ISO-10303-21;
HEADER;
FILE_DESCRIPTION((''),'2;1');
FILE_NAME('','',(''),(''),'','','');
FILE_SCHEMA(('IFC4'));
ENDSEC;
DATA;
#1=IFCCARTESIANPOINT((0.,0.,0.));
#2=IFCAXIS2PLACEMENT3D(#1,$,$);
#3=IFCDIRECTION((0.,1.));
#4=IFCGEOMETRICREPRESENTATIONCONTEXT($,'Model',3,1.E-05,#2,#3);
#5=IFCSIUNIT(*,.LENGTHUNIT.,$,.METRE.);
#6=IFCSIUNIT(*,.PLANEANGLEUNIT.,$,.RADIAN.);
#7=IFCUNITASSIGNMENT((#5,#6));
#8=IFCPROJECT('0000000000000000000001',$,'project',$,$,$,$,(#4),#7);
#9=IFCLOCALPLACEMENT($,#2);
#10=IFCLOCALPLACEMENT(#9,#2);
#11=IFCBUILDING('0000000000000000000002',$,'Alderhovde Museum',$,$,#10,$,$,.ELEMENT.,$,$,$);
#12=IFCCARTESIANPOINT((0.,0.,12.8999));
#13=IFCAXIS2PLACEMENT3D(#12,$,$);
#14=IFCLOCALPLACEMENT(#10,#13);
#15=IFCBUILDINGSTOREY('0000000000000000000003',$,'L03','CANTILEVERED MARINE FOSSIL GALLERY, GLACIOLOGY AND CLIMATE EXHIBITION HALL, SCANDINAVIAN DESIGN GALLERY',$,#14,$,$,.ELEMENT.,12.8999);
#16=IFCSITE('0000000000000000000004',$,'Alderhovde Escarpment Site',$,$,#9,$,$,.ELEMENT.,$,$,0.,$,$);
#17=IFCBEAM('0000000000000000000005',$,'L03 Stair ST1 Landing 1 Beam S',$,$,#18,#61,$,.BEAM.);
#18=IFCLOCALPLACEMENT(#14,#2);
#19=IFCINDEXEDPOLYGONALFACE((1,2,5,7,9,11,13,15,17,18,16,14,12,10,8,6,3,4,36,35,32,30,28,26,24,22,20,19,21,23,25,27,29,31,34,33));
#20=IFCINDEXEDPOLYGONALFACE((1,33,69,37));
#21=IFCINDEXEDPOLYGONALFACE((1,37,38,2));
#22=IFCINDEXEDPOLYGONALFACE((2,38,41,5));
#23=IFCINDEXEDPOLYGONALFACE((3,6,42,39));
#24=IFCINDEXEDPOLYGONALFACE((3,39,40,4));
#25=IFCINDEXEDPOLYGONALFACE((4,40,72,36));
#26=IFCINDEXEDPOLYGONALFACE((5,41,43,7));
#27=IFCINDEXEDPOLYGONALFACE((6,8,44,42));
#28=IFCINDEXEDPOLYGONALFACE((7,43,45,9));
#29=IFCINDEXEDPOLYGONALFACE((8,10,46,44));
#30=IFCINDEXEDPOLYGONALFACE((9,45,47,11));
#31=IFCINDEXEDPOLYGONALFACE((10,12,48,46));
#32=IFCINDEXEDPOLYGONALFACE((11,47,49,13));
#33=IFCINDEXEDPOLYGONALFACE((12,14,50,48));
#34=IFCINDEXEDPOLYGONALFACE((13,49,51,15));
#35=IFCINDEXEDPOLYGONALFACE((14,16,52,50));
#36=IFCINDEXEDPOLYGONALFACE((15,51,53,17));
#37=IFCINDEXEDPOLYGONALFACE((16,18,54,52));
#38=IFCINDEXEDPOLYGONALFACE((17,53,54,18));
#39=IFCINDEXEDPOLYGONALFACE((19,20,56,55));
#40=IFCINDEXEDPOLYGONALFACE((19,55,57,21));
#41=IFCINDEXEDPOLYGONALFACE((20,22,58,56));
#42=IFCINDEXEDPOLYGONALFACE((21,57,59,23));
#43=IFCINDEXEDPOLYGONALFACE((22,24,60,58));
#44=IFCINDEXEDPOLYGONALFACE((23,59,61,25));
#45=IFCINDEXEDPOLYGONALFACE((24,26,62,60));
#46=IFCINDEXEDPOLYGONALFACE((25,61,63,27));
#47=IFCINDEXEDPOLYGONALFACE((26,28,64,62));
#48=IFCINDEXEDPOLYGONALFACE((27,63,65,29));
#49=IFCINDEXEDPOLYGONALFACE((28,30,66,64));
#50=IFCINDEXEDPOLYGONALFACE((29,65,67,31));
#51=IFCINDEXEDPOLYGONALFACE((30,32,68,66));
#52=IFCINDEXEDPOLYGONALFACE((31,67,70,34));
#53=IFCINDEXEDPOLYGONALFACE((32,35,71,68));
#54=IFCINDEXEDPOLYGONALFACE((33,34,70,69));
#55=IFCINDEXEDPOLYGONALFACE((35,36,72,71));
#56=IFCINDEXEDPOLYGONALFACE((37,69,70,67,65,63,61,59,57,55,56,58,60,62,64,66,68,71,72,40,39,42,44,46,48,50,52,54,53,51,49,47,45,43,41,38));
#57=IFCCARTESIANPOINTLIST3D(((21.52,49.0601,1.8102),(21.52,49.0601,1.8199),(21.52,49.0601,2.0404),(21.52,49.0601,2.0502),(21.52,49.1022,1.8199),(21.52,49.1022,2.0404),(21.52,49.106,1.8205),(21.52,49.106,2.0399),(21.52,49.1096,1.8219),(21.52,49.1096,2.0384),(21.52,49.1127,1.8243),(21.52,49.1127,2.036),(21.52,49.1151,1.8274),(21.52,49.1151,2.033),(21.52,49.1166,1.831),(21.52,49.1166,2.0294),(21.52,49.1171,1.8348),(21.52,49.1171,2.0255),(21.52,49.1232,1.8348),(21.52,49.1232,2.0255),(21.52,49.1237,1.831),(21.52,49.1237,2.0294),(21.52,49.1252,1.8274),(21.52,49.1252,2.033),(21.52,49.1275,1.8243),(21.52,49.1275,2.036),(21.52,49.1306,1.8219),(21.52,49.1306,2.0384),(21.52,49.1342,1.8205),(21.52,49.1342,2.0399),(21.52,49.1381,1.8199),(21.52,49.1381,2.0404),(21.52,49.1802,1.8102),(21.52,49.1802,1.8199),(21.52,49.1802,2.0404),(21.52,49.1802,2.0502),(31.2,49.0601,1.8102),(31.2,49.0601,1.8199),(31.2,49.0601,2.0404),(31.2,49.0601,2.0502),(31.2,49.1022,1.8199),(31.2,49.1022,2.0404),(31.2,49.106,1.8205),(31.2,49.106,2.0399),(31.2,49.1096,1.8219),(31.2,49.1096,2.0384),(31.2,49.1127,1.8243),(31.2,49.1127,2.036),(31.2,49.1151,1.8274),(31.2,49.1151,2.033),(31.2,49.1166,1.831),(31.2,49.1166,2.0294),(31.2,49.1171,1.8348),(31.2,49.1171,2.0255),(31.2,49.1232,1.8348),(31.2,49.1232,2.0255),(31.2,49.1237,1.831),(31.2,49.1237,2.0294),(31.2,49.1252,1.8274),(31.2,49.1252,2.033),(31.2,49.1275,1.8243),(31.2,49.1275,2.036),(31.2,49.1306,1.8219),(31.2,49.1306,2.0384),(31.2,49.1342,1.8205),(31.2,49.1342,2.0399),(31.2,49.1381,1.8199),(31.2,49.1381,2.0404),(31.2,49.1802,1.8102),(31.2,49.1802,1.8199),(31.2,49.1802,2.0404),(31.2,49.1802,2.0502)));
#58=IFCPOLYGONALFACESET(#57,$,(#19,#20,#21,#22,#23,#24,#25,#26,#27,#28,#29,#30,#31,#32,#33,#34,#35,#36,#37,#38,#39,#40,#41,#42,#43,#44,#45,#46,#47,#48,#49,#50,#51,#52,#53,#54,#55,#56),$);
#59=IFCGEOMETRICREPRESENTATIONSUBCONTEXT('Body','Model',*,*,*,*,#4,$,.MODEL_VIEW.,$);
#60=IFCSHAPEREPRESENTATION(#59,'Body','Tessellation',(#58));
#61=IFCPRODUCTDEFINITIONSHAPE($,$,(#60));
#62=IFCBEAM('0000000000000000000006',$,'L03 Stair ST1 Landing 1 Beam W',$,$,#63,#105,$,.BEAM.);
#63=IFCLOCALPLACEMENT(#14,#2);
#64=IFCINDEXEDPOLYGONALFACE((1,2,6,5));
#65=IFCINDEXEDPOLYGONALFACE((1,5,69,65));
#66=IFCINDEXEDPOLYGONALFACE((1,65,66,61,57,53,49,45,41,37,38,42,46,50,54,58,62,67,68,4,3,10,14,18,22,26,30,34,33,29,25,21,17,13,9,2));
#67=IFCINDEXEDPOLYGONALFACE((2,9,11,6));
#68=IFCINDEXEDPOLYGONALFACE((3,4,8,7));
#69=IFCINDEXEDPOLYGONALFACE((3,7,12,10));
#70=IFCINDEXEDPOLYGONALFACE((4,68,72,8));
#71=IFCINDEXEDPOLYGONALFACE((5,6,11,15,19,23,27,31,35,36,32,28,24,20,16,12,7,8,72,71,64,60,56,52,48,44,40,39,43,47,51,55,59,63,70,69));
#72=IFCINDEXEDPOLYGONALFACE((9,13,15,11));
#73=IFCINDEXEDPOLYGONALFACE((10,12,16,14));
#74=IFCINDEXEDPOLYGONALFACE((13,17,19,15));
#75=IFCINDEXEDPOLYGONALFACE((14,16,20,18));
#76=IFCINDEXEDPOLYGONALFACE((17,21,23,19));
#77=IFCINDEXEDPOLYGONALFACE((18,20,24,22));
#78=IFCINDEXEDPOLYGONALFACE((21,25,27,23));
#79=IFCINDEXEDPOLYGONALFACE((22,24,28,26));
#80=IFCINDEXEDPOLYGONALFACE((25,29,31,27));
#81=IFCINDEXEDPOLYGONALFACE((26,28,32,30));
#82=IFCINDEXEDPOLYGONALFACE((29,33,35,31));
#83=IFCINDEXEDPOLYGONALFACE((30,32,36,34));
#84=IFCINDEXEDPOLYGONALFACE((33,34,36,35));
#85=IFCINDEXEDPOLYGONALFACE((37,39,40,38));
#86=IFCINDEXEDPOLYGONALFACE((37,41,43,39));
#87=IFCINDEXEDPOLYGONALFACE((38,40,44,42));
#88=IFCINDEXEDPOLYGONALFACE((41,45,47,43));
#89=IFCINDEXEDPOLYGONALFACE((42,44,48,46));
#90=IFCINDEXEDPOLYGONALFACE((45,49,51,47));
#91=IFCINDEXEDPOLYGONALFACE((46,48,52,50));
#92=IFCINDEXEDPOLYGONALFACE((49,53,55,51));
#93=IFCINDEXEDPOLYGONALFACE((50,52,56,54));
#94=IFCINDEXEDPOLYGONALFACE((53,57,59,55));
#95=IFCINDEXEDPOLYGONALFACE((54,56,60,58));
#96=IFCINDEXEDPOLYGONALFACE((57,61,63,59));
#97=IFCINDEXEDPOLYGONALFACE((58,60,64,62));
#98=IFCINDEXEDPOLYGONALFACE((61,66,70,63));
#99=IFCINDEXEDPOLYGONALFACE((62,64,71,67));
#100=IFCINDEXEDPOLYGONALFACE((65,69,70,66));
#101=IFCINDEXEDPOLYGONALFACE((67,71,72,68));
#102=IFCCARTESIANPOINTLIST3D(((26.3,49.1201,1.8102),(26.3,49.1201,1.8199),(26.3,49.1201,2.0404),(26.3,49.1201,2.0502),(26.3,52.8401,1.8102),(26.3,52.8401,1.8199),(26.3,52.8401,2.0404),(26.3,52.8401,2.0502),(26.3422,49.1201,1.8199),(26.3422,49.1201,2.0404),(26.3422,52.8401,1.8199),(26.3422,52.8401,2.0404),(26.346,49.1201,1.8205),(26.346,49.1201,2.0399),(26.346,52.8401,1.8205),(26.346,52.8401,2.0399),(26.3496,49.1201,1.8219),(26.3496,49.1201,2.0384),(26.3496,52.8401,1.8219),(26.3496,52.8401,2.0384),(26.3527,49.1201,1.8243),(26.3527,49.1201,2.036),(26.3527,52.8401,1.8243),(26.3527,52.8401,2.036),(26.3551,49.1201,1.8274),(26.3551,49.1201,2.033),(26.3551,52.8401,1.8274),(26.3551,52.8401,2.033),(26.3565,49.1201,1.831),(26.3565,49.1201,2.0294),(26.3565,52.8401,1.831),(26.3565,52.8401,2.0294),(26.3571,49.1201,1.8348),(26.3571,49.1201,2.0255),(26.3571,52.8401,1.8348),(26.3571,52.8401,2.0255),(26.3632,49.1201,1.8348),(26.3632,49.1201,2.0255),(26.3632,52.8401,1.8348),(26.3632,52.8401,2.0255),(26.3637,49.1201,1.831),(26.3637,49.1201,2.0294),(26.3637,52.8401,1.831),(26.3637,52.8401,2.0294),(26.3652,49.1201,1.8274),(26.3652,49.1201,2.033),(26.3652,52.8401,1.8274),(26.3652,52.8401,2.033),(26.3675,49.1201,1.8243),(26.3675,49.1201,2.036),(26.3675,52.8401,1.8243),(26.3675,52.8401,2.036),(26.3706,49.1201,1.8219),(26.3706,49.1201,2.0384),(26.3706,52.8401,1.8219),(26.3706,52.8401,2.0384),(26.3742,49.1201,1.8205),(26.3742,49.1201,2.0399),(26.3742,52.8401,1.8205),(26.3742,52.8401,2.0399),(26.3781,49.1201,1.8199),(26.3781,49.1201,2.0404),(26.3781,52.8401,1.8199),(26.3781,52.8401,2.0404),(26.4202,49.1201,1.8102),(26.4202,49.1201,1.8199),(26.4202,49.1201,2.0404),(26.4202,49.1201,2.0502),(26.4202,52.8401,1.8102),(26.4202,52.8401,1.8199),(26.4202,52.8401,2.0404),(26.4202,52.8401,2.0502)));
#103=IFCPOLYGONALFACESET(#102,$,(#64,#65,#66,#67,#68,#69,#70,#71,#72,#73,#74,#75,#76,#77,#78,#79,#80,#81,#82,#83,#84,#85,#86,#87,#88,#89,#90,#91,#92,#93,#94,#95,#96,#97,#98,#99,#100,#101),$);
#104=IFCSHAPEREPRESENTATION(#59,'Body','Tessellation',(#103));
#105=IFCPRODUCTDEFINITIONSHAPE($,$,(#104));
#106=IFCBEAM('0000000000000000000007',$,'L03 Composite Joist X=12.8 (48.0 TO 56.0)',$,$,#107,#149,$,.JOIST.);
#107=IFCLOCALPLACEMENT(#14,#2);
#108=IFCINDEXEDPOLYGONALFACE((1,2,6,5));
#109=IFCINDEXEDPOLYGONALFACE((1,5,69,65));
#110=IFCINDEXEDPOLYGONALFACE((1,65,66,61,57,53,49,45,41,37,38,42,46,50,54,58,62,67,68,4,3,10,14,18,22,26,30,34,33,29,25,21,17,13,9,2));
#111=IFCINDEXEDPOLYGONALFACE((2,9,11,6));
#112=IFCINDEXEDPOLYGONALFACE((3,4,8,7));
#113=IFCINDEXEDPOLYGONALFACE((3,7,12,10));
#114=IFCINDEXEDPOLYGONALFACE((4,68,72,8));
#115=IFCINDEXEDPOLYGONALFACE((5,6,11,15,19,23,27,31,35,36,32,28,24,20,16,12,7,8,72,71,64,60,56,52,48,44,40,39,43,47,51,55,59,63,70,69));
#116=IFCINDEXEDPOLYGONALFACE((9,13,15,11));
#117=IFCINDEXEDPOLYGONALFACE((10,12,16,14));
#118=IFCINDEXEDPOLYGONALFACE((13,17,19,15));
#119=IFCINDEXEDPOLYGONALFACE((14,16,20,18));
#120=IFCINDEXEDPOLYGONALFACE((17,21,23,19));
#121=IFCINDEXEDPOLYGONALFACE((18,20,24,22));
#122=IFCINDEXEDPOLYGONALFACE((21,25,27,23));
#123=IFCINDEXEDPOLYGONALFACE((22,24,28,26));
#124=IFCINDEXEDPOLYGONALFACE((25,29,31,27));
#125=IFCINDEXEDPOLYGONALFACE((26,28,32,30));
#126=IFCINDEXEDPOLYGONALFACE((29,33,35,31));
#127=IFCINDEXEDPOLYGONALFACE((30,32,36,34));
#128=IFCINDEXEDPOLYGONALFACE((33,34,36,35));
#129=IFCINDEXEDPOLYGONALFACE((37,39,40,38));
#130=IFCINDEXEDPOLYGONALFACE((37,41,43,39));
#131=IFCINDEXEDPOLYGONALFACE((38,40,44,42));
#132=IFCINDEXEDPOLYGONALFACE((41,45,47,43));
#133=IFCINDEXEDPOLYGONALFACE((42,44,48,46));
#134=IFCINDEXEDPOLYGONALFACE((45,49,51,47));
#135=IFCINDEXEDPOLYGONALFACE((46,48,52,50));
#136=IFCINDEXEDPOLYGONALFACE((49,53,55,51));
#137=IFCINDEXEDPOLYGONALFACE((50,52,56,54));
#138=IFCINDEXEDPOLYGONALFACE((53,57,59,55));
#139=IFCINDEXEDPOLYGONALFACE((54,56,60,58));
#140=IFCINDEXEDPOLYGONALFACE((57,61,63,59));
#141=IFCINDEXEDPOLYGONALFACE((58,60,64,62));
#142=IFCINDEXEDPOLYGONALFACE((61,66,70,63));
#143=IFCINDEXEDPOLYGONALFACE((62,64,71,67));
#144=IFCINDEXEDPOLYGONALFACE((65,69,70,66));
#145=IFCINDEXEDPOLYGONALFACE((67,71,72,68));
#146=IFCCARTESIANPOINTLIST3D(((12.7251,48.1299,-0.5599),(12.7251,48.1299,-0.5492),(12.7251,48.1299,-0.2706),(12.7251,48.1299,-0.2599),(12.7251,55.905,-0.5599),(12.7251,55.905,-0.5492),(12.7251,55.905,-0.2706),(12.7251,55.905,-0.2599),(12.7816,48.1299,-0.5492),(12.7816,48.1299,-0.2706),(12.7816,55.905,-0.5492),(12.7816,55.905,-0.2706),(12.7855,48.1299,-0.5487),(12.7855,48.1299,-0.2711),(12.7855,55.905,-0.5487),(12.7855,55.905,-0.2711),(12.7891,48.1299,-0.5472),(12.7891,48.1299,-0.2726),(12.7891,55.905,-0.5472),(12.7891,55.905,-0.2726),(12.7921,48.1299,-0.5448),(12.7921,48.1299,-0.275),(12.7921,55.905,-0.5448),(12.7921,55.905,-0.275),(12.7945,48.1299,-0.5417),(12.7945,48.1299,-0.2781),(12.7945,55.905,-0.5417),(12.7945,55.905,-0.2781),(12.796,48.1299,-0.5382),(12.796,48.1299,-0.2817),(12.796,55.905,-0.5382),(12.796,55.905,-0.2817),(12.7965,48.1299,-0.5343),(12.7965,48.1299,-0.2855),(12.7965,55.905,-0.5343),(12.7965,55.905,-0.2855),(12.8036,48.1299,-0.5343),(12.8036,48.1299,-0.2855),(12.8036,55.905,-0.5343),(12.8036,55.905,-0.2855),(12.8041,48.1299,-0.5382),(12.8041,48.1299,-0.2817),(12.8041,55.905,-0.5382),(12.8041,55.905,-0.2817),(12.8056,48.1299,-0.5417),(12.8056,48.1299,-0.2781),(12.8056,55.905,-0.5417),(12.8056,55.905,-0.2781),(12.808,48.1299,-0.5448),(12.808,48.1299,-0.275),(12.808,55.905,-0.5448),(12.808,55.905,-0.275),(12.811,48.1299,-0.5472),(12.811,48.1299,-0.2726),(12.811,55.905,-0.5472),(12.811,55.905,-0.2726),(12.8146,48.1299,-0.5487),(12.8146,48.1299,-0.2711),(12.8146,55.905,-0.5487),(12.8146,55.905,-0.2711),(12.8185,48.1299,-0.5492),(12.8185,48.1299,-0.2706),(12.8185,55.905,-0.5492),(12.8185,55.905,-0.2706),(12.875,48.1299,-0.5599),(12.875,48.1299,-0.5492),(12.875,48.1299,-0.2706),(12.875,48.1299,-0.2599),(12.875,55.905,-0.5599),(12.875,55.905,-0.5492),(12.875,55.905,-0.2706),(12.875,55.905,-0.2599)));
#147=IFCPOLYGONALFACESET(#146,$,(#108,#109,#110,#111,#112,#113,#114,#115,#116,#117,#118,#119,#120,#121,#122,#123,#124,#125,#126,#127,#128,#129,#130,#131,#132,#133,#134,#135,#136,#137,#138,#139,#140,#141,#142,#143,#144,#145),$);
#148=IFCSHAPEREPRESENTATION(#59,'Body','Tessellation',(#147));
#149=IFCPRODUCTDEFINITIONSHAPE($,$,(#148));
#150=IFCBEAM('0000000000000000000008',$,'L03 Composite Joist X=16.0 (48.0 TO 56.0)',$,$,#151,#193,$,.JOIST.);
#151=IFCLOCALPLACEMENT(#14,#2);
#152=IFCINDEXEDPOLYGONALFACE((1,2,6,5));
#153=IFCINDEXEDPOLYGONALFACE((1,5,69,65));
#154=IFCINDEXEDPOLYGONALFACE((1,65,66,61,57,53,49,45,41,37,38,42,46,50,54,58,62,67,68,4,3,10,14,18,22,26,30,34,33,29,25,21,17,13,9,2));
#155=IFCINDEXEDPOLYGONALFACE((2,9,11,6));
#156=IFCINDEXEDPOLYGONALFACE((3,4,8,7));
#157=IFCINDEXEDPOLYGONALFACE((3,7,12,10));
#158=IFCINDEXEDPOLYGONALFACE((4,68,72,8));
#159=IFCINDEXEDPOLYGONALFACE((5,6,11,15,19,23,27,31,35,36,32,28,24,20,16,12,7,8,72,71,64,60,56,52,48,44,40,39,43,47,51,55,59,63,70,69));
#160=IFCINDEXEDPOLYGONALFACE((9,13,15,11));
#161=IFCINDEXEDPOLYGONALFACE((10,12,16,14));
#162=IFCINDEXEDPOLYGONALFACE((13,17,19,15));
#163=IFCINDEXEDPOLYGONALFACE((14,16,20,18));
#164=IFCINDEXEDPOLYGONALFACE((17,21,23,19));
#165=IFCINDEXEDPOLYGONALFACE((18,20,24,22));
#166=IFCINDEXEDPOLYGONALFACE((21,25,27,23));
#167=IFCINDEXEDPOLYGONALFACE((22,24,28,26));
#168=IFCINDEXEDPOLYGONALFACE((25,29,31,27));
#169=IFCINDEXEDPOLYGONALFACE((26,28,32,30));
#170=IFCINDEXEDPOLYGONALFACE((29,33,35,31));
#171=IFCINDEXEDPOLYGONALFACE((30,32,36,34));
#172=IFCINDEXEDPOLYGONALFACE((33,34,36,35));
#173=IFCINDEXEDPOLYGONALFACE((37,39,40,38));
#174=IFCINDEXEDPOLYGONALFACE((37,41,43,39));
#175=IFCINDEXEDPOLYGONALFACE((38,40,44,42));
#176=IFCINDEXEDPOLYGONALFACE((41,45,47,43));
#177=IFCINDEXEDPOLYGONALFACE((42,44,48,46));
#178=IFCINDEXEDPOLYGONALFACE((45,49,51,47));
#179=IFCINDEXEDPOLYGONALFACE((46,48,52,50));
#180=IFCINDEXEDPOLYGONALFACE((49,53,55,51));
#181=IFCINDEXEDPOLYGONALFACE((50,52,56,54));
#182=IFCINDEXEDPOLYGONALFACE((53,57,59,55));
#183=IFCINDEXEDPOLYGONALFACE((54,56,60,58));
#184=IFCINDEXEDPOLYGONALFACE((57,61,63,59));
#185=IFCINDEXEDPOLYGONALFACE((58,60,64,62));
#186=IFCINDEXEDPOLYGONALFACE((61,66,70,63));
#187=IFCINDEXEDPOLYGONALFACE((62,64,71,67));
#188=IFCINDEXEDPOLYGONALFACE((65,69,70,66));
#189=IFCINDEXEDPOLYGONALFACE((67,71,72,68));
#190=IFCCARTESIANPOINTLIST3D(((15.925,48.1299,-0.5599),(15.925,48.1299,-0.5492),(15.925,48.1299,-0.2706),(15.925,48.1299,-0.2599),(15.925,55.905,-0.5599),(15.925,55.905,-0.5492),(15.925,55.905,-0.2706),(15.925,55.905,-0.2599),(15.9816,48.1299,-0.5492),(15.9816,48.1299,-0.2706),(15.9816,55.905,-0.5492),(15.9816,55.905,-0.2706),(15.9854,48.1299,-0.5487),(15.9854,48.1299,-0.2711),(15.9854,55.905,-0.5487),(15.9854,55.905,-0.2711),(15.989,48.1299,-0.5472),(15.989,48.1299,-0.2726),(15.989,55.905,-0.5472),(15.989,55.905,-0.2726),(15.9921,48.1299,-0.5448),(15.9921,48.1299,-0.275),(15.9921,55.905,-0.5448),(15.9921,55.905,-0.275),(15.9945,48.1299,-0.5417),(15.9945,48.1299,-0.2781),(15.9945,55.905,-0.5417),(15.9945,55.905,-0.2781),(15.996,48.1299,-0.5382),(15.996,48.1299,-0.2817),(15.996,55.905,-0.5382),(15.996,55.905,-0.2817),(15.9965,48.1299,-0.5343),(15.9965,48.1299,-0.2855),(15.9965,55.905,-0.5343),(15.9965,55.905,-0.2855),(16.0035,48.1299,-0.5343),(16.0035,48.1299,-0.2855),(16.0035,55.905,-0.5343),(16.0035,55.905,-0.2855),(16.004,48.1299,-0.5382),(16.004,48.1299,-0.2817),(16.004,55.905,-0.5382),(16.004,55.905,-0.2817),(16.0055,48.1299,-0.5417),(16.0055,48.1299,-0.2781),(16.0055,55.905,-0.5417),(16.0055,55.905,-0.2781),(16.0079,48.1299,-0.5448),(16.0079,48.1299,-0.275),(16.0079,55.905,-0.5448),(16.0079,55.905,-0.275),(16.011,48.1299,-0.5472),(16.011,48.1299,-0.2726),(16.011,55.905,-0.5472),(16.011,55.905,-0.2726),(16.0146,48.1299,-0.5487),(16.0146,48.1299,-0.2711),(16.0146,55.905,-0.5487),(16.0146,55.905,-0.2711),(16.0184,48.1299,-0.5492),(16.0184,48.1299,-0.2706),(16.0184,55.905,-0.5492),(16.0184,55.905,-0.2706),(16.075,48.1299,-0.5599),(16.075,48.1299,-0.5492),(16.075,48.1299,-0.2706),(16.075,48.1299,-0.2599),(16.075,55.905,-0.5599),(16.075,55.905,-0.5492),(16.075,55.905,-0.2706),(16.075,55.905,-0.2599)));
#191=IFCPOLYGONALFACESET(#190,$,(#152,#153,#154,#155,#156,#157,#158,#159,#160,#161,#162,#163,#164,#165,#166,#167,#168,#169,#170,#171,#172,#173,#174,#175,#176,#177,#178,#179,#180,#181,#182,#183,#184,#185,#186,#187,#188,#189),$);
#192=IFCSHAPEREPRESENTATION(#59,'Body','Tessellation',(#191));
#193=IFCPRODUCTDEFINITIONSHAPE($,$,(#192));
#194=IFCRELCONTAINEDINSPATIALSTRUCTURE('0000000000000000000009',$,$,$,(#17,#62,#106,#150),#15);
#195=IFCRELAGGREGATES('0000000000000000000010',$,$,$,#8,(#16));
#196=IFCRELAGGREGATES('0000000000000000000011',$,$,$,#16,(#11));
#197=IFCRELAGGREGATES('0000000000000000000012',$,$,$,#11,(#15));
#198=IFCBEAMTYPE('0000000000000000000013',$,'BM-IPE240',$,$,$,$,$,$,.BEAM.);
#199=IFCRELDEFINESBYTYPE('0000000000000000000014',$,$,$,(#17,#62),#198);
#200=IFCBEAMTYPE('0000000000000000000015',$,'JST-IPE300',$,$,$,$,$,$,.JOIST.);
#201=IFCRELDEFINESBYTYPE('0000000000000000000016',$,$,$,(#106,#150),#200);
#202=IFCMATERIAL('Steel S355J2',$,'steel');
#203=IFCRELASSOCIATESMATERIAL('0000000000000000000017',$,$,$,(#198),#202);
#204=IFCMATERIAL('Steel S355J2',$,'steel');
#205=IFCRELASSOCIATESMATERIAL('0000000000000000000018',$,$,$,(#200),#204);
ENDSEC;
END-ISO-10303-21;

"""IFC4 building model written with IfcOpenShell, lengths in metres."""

from ifc_helpers import new_model, si_unit, direction, frame, origin, origin_2d, place, context, subcontext, project, spatial, i_section, extrude, material, material_profile, profile_set, type_object, element, save


model = new_model("IFC4")

# Units and contexts
model_context = context("Model", 3, precision=1e-05, world=origin(), true_north=direction((0.0, 1.0)))
body_context = subcontext(model_context, "Body", "Model", "MODEL_VIEW")
ifc_project = project(units=[si_unit("LENGTHUNIT", "METRE"), si_unit("PLANEANGLEUNIT", "RADIAN")], contexts=[model_context])

# Site, building, storey
site_placement = place(None, origin())
site = spatial("IfcSite", under=ifc_project, at=site_placement, Name="Alderhovde Escarpment Site", CompositionType="ELEMENT", RefElevation=0.0)
building_placement = place(site_placement, origin())
building = spatial("IfcBuilding", under=site, at=building_placement, Name="Alderhovde Museum", CompositionType="ELEMENT")
storey_placement = place(building_placement, frame((0.0, 0.0, 12.8999)))
storey = spatial("IfcBuildingStorey", under=building, at=storey_placement, Name="L03", Description="CANTILEVERED MARINE FOSSIL GALLERY, GLACIOLOGY AND CLIMATE EXHIBITION HALL, SCANDINAVIAN DESIGN GALLERY", CompositionType="ELEMENT", Elevation=12.8999)

# Beams
ifc_material_1 = material(Name="Steel S355J2", Category="steel")
ifc_material_profile_1 = material_profile(ifc_material_1, i_section(OverallWidth=0.1201, OverallDepth=0.24, WebThickness=0.0061, FlangeThickness=0.0098, FilletRadius=0.0149, at=origin_2d()), Name="IPE 240")
ifc_profile_set_1 = profile_set([ifc_material_profile_1], Name="Steel S355J2")
beam_type_1 = type_object("IfcBeamType", Name="BM-IPE240", PredefinedType="BEAM", material=ifc_profile_set_1)
beam_1_placement = place(storey_placement, frame((21.52, 49.1201, 1.9302), z_axis=(1.0, 0.0, 0.0), x_axis=(0.0, 1.0, 0.0)))
element("IfcBeam", 1, at=beam_1_placement, inside=storey, type_object=beam_type_1, Name="L03 Stair ST1 Landing 1 Beam S", PredefinedType="BEAM", context=body_context, shape_type="SweptSolid", body=[
    extrude(i_section(OverallWidth=0.1201, OverallDepth=0.24, WebThickness=0.0061, FlangeThickness=0.0098, FilletRadius=0.0149, at=origin_2d()), origin(), (0.0, 0.0, 1.0), 9.6799),
])
beam_2_placement = place(storey_placement, frame((26.3601, 49.1201, 1.9302), z_axis=(0.0, 1.0, 0.0), x_axis=(-1.0, 0.0, 0.0)))
element("IfcBeam", 2, at=beam_2_placement, inside=storey, type_object=beam_type_1, Name="L03 Stair ST1 Landing 1 Beam W", PredefinedType="BEAM", context=body_context, shape_type="SweptSolid", body=[
    extrude(i_section(OverallWidth=0.1201, OverallDepth=0.24, WebThickness=0.0061, FlangeThickness=0.0098, FilletRadius=0.0149, at=origin_2d()), origin(), (0.0, 0.0, 1.0), 3.72),
])
ifc_material_2 = material(Name="Steel S355J2", Category="steel")
ifc_material_profile_2 = material_profile(ifc_material_2, i_section(OverallWidth=0.1499, OverallDepth=0.3, WebThickness=0.0071, FlangeThickness=0.0107, FilletRadius=0.0149, at=origin_2d()), Name="IPE 300")
ifc_profile_set_2 = profile_set([ifc_material_profile_2], Name="Steel S355J2")
beam_type_2 = type_object("IfcBeamType", Name="JST-IPE300", PredefinedType="JOIST", material=ifc_profile_set_2)
for number, where, z_axis, x_axis, name in (
    (3, (12.8, 48.1299, -0.4099), (0.0, 1.0, 0.0), (-1.0, 0.0, 0.0), "L03 Composite Joist X=12.8 (48.0 TO 56.0)"),
    (4, (16.0, 48.1299, -0.4099), (0.0, 1.0, 0.0), (-1.0, 0.0, 0.0), "L03 Composite Joist X=16.0 (48.0 TO 56.0)"),
):
    element("IfcBeam", number, at=place(storey_placement, frame(where, z_axis=z_axis, x_axis=x_axis)), inside=storey, type_object=beam_type_2, Name=name, PredefinedType="JOIST", context=body_context, shape_type="SweptSolid", body=[
        extrude(i_section(OverallWidth=0.1499, OverallDepth=0.3, WebThickness=0.0071, FlangeThickness=0.0107, FilletRadius=0.0149, at=origin_2d()), origin(), (0.0, 0.0, 1.0), 7.7751),
    ])

save(model, "model.ifc")
